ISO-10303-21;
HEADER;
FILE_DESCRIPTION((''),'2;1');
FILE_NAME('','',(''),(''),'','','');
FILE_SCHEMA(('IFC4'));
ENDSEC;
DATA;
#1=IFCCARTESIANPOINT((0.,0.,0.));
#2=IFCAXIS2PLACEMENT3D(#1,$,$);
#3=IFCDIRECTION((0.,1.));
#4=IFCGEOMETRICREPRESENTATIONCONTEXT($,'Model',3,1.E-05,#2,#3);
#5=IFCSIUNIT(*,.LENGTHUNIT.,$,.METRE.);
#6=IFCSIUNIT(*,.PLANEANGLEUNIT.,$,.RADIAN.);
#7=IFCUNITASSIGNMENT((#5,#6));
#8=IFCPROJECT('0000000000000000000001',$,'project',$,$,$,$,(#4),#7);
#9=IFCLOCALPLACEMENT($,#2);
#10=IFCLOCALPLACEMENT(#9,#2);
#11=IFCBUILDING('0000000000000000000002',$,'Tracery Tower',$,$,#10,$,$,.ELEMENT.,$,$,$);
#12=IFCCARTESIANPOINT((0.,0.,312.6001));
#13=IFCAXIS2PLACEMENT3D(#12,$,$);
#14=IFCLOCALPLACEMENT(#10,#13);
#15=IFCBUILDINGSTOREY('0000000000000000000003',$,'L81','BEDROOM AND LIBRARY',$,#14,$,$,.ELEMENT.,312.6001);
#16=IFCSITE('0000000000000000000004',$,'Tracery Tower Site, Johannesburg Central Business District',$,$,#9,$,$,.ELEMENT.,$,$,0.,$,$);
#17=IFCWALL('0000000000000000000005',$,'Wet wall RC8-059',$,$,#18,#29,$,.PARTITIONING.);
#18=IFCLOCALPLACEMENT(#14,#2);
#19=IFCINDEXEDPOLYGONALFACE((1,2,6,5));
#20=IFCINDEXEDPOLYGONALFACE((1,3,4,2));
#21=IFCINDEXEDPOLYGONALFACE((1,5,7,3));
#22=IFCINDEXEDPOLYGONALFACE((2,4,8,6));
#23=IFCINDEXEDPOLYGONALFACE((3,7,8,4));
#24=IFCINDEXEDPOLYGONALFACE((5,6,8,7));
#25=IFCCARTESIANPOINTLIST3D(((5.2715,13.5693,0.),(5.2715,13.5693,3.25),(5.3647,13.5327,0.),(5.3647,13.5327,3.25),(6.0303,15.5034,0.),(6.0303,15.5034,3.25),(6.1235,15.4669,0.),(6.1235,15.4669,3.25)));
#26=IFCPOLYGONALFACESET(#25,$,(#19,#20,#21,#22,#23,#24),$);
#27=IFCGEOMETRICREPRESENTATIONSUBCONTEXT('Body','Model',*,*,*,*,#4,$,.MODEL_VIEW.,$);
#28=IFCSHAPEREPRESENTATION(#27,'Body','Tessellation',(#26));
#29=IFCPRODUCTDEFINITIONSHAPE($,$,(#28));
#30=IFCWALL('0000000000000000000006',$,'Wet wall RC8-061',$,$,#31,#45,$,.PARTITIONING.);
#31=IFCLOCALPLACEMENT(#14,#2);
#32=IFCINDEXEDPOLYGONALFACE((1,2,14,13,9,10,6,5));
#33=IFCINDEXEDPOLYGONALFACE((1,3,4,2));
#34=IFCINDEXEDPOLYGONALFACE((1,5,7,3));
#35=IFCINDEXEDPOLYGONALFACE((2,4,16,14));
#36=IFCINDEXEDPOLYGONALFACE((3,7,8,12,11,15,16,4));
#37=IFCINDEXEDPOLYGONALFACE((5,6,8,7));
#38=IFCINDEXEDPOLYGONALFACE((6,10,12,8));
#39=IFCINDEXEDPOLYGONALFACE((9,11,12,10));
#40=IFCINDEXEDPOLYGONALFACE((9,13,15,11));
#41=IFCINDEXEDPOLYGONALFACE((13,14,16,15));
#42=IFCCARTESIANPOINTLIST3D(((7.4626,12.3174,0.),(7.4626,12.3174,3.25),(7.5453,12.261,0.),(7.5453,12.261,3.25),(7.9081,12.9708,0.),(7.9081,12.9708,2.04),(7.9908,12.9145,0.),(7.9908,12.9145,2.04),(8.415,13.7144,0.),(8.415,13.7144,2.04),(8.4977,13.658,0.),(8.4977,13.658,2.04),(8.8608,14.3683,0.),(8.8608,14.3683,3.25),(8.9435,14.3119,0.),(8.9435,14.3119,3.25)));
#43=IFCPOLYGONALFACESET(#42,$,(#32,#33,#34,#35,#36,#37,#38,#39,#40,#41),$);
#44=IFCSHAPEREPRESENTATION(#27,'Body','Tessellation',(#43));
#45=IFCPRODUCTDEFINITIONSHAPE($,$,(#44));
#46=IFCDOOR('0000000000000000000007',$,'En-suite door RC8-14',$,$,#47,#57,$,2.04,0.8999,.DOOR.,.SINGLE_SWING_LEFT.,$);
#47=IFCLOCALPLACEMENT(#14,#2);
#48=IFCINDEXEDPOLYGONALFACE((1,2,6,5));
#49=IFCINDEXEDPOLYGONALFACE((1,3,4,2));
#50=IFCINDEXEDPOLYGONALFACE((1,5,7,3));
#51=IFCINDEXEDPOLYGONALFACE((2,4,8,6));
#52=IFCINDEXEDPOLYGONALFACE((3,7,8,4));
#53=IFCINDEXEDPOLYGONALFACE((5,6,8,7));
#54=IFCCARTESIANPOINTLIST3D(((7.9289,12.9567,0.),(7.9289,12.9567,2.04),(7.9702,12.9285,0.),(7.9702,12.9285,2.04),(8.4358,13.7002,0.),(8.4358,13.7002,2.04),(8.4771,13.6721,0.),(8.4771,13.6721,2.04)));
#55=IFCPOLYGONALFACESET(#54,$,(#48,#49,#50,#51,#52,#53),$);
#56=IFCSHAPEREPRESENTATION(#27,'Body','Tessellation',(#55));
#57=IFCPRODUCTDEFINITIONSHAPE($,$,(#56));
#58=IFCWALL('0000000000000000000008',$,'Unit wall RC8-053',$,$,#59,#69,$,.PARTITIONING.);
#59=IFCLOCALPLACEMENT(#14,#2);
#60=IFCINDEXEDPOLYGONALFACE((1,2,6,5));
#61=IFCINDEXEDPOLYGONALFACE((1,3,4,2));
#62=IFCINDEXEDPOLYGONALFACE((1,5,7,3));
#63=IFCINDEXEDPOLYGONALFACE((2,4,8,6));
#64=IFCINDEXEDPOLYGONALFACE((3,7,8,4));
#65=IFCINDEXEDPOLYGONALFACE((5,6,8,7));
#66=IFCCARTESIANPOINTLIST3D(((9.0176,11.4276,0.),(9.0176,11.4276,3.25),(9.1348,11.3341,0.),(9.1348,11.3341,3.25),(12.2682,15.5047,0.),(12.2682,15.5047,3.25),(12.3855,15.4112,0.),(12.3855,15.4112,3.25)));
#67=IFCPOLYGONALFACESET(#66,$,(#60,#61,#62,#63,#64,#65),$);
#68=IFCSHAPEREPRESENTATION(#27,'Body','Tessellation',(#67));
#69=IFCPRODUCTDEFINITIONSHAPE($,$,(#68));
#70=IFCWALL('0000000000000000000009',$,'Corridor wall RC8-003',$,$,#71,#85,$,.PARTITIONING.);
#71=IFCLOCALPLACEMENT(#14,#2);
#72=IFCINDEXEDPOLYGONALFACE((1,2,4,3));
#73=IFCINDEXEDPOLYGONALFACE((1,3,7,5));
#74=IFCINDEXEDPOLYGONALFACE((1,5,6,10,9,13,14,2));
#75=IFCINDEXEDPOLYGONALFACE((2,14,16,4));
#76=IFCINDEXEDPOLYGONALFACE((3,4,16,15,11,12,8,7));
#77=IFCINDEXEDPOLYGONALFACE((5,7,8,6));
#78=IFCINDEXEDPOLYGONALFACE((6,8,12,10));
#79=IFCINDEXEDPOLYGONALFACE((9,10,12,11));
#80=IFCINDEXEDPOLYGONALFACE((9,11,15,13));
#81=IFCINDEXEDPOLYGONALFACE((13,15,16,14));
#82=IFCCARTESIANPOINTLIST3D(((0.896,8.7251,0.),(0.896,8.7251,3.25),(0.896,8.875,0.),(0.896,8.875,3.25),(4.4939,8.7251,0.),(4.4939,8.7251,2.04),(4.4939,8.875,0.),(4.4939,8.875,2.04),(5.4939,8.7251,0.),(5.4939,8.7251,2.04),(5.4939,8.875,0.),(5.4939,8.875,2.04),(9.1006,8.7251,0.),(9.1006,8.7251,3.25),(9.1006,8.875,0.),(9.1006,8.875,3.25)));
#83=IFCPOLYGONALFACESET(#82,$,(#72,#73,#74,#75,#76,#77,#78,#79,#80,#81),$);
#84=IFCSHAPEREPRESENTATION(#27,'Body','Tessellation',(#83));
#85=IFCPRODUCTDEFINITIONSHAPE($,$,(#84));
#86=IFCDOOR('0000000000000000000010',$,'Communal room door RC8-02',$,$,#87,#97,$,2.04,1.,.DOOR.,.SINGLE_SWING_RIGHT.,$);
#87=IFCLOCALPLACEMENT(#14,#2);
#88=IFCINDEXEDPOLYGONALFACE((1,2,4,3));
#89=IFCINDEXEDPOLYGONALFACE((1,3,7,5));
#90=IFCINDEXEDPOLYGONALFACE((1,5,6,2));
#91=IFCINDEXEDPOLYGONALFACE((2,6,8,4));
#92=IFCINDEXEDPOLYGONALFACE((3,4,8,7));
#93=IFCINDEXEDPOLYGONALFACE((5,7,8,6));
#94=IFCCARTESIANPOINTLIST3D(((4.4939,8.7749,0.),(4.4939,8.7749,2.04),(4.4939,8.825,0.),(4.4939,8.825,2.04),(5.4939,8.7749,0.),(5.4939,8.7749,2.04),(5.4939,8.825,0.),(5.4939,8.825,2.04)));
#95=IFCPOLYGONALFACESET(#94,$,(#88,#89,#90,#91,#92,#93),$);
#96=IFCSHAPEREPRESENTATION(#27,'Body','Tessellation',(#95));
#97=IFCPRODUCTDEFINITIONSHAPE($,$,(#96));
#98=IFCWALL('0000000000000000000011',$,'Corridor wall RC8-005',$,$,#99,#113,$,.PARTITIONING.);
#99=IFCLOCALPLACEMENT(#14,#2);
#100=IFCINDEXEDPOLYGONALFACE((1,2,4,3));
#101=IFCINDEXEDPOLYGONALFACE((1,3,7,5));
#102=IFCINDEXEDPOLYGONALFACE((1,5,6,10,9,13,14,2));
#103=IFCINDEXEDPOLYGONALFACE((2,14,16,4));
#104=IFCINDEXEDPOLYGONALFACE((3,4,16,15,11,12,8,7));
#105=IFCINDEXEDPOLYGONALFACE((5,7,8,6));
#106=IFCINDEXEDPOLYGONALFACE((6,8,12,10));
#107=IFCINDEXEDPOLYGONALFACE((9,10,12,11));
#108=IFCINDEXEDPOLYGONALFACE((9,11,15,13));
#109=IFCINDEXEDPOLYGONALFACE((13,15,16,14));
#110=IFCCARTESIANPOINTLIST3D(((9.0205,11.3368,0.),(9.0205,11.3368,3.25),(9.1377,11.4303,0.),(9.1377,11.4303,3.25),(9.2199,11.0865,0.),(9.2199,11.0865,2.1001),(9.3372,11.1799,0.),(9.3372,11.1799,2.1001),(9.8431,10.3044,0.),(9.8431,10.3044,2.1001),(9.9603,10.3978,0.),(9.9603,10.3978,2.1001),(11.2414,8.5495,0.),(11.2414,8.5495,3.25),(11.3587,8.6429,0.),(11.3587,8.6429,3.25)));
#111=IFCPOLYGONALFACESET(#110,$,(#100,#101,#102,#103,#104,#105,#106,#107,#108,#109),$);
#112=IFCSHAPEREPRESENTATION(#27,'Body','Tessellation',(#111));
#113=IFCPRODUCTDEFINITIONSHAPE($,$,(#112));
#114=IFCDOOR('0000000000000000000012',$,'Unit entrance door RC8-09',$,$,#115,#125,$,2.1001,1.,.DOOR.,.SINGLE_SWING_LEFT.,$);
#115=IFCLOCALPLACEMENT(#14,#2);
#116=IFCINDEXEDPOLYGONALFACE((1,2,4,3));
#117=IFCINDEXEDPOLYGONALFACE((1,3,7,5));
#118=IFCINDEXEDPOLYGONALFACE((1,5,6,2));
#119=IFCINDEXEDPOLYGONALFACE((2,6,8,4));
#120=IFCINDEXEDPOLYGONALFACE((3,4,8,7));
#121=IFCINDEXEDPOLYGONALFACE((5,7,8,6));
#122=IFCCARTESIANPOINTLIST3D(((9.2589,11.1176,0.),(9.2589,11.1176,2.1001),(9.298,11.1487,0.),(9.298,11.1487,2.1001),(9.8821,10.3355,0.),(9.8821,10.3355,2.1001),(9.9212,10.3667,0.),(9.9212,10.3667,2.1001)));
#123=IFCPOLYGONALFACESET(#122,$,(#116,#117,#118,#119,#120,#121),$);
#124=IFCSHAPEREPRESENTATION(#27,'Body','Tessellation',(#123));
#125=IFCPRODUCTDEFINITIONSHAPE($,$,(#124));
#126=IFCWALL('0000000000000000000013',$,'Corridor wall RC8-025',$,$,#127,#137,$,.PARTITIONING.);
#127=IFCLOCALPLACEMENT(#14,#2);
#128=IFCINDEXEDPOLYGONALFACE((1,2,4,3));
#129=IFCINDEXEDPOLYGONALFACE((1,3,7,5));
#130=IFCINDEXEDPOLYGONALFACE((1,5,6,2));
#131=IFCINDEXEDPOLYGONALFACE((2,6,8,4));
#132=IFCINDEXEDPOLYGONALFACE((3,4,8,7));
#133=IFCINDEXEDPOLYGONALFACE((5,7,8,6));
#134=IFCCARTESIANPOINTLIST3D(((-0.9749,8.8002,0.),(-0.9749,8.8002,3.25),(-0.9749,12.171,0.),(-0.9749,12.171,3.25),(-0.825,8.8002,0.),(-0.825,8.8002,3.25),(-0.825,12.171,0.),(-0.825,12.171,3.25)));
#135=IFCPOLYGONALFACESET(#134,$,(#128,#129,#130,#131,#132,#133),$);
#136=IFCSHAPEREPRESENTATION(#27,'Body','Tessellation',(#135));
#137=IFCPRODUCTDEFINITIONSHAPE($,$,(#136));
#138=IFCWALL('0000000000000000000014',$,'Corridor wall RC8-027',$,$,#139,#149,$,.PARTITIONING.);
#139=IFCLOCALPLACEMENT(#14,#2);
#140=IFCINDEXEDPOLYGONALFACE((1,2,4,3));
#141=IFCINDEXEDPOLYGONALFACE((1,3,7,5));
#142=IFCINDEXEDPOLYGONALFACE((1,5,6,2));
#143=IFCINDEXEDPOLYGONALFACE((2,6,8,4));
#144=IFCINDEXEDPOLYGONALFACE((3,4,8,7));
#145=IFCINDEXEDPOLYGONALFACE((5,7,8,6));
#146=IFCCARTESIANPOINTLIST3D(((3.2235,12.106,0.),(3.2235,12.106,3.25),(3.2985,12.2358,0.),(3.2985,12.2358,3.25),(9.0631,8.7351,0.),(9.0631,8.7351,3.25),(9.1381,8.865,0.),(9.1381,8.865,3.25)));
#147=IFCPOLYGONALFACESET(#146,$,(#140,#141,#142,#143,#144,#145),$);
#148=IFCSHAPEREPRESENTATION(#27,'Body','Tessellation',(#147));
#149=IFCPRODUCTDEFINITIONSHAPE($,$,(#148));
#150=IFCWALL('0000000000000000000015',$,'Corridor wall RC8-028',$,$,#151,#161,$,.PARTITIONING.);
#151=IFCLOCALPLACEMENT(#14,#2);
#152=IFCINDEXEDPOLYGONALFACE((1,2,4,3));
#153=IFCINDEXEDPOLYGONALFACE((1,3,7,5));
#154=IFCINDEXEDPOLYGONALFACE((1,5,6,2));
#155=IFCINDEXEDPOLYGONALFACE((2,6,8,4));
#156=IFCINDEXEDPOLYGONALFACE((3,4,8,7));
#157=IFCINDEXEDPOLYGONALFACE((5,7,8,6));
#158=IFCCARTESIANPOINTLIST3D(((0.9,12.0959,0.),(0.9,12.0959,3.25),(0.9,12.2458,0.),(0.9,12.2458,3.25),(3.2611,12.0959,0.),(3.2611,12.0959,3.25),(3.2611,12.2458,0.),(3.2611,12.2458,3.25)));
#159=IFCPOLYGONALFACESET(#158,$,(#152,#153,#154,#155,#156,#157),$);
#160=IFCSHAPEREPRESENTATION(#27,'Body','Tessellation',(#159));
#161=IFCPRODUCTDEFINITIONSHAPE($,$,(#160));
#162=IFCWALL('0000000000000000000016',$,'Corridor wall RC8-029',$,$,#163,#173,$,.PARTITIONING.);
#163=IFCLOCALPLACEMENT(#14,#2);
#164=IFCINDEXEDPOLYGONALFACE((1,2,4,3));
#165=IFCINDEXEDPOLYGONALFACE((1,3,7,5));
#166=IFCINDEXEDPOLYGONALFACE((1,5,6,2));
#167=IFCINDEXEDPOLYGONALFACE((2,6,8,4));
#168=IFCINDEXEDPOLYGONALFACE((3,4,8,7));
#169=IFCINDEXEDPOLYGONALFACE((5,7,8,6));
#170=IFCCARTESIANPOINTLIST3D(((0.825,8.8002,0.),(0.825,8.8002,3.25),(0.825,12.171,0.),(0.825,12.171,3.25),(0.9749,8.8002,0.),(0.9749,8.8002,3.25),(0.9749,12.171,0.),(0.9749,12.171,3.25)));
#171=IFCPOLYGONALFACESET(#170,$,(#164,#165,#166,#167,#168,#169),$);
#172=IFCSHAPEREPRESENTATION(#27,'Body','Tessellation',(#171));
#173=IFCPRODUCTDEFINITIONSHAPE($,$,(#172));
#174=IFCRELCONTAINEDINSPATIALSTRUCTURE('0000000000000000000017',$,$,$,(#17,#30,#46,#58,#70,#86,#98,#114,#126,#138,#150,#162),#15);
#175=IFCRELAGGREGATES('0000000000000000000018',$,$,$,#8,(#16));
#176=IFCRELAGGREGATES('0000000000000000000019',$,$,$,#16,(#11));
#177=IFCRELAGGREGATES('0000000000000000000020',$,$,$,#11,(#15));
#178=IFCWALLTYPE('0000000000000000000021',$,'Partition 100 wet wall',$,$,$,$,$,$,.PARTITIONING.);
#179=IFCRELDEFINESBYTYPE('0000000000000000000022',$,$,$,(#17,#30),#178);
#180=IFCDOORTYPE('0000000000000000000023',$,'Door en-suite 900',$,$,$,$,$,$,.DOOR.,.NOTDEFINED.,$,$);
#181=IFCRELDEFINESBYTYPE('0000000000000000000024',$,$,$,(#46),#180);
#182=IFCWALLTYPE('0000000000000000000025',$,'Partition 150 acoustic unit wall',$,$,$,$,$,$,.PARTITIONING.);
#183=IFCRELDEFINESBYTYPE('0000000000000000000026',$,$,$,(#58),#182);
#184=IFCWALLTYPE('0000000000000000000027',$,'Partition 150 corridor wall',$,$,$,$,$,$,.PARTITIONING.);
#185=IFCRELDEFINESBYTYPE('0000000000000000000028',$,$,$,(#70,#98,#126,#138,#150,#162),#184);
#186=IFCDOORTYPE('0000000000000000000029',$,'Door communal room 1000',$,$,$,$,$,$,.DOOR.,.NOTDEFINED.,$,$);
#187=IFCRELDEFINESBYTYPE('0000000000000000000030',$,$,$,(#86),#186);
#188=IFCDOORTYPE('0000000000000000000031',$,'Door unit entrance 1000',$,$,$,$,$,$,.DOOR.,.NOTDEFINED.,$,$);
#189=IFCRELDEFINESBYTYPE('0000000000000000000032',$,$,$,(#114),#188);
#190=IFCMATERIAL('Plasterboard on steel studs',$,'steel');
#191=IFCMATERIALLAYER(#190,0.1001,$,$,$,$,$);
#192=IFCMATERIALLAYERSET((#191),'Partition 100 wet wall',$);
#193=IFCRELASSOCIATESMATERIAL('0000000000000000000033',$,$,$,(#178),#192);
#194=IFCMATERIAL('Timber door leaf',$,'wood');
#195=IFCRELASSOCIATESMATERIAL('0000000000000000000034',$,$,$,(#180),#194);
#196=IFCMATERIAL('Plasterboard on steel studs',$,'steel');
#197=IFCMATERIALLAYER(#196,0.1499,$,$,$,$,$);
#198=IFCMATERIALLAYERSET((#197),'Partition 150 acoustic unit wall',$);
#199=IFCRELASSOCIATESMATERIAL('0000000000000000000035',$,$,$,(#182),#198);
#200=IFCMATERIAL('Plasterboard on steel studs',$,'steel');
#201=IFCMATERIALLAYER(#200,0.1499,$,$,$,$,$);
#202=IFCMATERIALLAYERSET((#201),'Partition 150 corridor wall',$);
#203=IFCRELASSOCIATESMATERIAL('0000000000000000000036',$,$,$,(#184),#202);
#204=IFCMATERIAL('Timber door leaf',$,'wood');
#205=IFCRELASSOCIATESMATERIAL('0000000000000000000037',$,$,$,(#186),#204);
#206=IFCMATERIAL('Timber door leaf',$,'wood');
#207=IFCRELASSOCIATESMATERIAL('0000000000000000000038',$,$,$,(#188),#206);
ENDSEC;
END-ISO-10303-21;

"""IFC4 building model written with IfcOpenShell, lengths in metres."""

from ifc_helpers import new_model, si_unit, direction, frame, frame_2d, origin, place, context, subcontext, project, spatial, rectangle, extrude, material, layer, layer_set, type_object, element, fill, save


model = new_model("IFC4")

# Units and contexts
model_context = context("Model", 3, precision=1e-05, world=origin(), true_north=direction((0.0, 1.0)))
body_context = subcontext(model_context, "Body", "Model", "MODEL_VIEW")
ifc_project = project(units=[si_unit("LENGTHUNIT", "METRE"), si_unit("PLANEANGLEUNIT", "RADIAN")], contexts=[model_context])

# Site, building, storey
site_placement = place(None, origin())
site = spatial("IfcSite", under=ifc_project, at=site_placement, Name="Tracery Tower Site, Johannesburg Central Business District", CompositionType="ELEMENT", RefElevation=0.0)
building_placement = place(site_placement, origin())
building = spatial("IfcBuilding", under=site, at=building_placement, Name="Tracery Tower", CompositionType="ELEMENT")
storey_placement = place(building_placement, frame((0.0, 0.0, 312.6001)))
storey = spatial("IfcBuildingStorey", under=building, at=storey_placement, Name="L81", Description="BEDROOM AND LIBRARY", CompositionType="ELEMENT", Elevation=312.6001)

# Wall
ifc_material_1 = material(Name="Plasterboard on steel studs", Category="steel")
ifc_layer_1 = layer(ifc_material_1, 0.1001)
ifc_layer_set_1 = layer_set([ifc_layer_1], Name="Partition 100 wet wall")
wall_type_1 = type_object("IfcWallType", Name="Partition 100 wet wall", PredefinedType="PARTITIONING", material=ifc_layer_set_1)
wall_1_placement = place(storey_placement, frame((5.3181, 13.551, 0.0), z_axis=(0.0, 0.0, 1.0), x_axis=(0.365223, 0.93092, 0.0)))
element("IfcWall", 1, at=wall_1_placement, inside=storey, type_object=wall_type_1, Name="Wet wall RC8-059", PredefinedType="PARTITIONING", context=body_context, shape_type="SweptSolid", body=[
    extrude(rectangle(XDim=2.0776, YDim=0.1001, at=frame_2d((1.0388, 0.0))), origin(), (0.0, 0.0, 1.0), 3.25),
])

# Wall, opening, door
wall_2_placement = place(storey_placement, frame((7.5039, 12.2891, 0.0), z_axis=(0.0, 0.0, 1.0), x_axis=(0.563273, 0.826271, 0.0)))
wall_2 = element("IfcWall", 2, at=wall_2_placement, inside=storey, type_object=wall_type_1, Name="Wet wall RC8-061", PredefinedType="PARTITIONING", context=body_context, shape_type="SweptSolid", body=[
    extrude(rectangle(XDim=2.4822, YDim=0.1001, at=frame_2d((1.2412, 0.0))), origin(), (0.0, 0.0, 1.0), 3.25),
])
opening_1_placement = place(wall_2_placement, frame((0.791, 0.0, 0.0)))
opening_1 = element("IfcOpeningElement", 3, at=opening_1_placement, cuts=wall_2, PredefinedType="OPENING", context=body_context, shape_type="SweptSolid", body=[
    extrude(rectangle(XDim=0.8999, YDim=2.04, at=frame_2d((0.45, 1.02))), frame((0.0, 0.05, 0.0), z_axis=(0.0, -1.0, 0.0), x_axis=(1.0, 0.0, 0.0)), (0.0, 0.0, 1.0), 0.1001),
])
ifc_material_2 = material(Name="Timber door leaf", Category="wood")
door_type_1 = type_object("IfcDoorType", Name="Door en-suite 900", OperationType="NOTDEFINED", PredefinedType="DOOR", material=ifc_material_2)
door_1_placement = place(opening_1_placement, origin())
door_1 = element("IfcDoor", 4, at=door_1_placement, inside=storey, type_object=door_type_1, Name="En-suite door RC8-14", OperationType="SINGLE_SWING_LEFT", OverallHeight=2.04, OverallWidth=0.8999, PredefinedType="DOOR", context=body_context, shape_type="SweptSolid", body=[
    extrude(rectangle(XDim=0.8999, YDim=2.04, at=frame_2d((0.45, 1.02))), frame((0.0, 0.0249, 0.0), z_axis=(0.0, -1.0, 0.0), x_axis=(1.0, 0.0, 0.0)), (0.0, 0.0, 1.0), 0.05),
])
fill(opening_1, door_1)

# Wall
ifc_material_3 = material(Name="Plasterboard on steel studs", Category="steel")
ifc_layer_2 = layer(ifc_material_3, 0.1499)
ifc_layer_set_2 = layer_set([ifc_layer_2], Name="Partition 150 acoustic unit wall")
wall_type_2 = type_object("IfcWallType", Name="Partition 150 acoustic unit wall", PredefinedType="PARTITIONING", material=ifc_layer_set_2)
wall_3_placement = place(storey_placement, frame((9.0762, 11.3809, 0.0), z_axis=(0.0, 0.0, 1.0), x_axis=(0.62341, 0.781896, 0.0)))
element("IfcWall", 5, at=wall_3_placement, inside=storey, type_object=wall_type_2, Name="Unit wall RC8-053", PredefinedType="PARTITIONING", context=body_context, shape_type="SweptSolid", body=[
    extrude(rectangle(XDim=5.2144, YDim=0.1499, at=frame_2d((2.6072, 0.0))), origin(), (0.0, 0.0, 1.0), 3.25),
])

# Walls, openings, doors
ifc_material_4 = material(Name="Plasterboard on steel studs", Category="steel")
ifc_layer_3 = layer(ifc_material_4, 0.1499)
ifc_layer_set_3 = layer_set([ifc_layer_3], Name="Partition 150 corridor wall")
wall_type_3 = type_object("IfcWallType", Name="Partition 150 corridor wall", PredefinedType="PARTITIONING", material=ifc_layer_set_3)
wall_4_placement = place(storey_placement, frame((0.896, 8.8, 0.0), z_axis=(0.0, 0.0, 1.0), x_axis=(1.0, 0.0, 0.0)))
wall_4 = element("IfcWall", 6, at=wall_4_placement, inside=storey, type_object=wall_type_3, Name="Corridor wall RC8-003", PredefinedType="PARTITIONING", context=body_context, shape_type="SweptSolid", body=[
    extrude(rectangle(XDim=8.2046, YDim=0.1499, at=frame_2d((4.1023, 0.0))), origin(), (0.0, 0.0, 1.0), 3.25),
])
opening_2_placement = place(wall_4_placement, frame((3.5979, 0.0, 0.0)))
opening_2 = element("IfcOpeningElement", 7, at=opening_2_placement, cuts=wall_4, PredefinedType="OPENING", context=body_context, shape_type="SweptSolid", body=[
    extrude(rectangle(XDim=1.0, YDim=2.04, at=frame_2d((0.5, 1.02))), frame((0.0, 0.075, 0.0), z_axis=(0.0, -1.0, 0.0), x_axis=(1.0, 0.0, 0.0)), (0.0, 0.0, 1.0), 0.1499),
])
ifc_material_5 = material(Name="Timber door leaf", Category="wood")
door_type_2 = type_object("IfcDoorType", Name="Door communal room 1000", OperationType="NOTDEFINED", PredefinedType="DOOR", material=ifc_material_5)
door_2_placement = place(opening_2_placement, origin())
door_2 = element("IfcDoor", 8, at=door_2_placement, inside=storey, type_object=door_type_2, Name="Communal room door RC8-02", OperationType="SINGLE_SWING_RIGHT", OverallHeight=2.04, OverallWidth=1.0, PredefinedType="DOOR", context=body_context, shape_type="SweptSolid", body=[
    extrude(rectangle(XDim=1.0, YDim=2.04, at=frame_2d((0.5, 1.02))), frame((0.0, 0.0249, 0.0), z_axis=(0.0, -1.0, 0.0), x_axis=(1.0, 0.0, 0.0)), (0.0, 0.0, 1.0), 0.05),
])
fill(opening_2, door_2)
wall_5_placement = place(storey_placement, frame((9.0791, 11.3835, 0.0), z_axis=(0.0, 0.0, 1.0), x_axis=(0.623165, -0.78209, 0.0)))
wall_5 = element("IfcWall", 9, at=wall_5_placement, inside=storey, type_object=wall_type_3, Name="Corridor wall RC8-005", PredefinedType="PARTITIONING", context=body_context, shape_type="SweptSolid", body=[
    extrude(rectangle(XDim=3.564, YDim=0.1499, at=frame_2d((1.782, 0.0))), origin(), (0.0, 0.0, 1.0), 3.25),
])
opening_3_placement = place(wall_5_placement, frame((0.3201, 0.0, 0.0)))
opening_3 = element("IfcOpeningElement", 10, at=opening_3_placement, cuts=wall_5, PredefinedType="OPENING", context=body_context, shape_type="SweptSolid", body=[
    extrude(rectangle(XDim=1.0, YDim=2.1001, at=frame_2d((0.5, 1.05))), frame((0.0, 0.075, 0.0), z_axis=(0.0, -1.0, 0.0), x_axis=(1.0, 0.0, 0.0)), (0.0, 0.0, 1.0), 0.1499),
])
ifc_material_6 = material(Name="Timber door leaf", Category="wood")
door_type_3 = type_object("IfcDoorType", Name="Door unit entrance 1000", OperationType="NOTDEFINED", PredefinedType="DOOR", material=ifc_material_6)
door_3_placement = place(opening_3_placement, origin())
door_3 = element("IfcDoor", 11, at=door_3_placement, inside=storey, type_object=door_type_3, Name="Unit entrance door RC8-09", OperationType="SINGLE_SWING_LEFT", OverallHeight=2.1001, OverallWidth=1.0, PredefinedType="DOOR", context=body_context, shape_type="SweptSolid", body=[
    extrude(rectangle(XDim=1.0, YDim=2.1001, at=frame_2d((0.5, 1.05))), frame((0.0, 0.0249, 0.0), z_axis=(0.0, -1.0, 0.0), x_axis=(1.0, 0.0, 0.0)), (0.0, 0.0, 1.0), 0.05),
])
fill(opening_3, door_3)

# Walls
wall_6_placement = place(storey_placement, frame((-0.8999, 8.8, 0.0), z_axis=(0.0, 0.0, 1.0), x_axis=(0.0, 1.0, 0.0)))
element("IfcWall", 12, at=wall_6_placement, inside=storey, type_object=wall_type_3, Name="Corridor wall RC8-025", PredefinedType="PARTITIONING", context=body_context, shape_type="SweptSolid", body=[
    extrude(rectangle(XDim=3.3708, YDim=0.1499, at=frame_2d((1.6855, 0.0))), origin(), (0.0, 0.0, 1.0), 3.25),
])
wall_7_placement = place(storey_placement, frame((3.261, 12.1709, 0.0), z_axis=(0.0, 0.0, 1.0), x_axis=(0.866067, -0.499928, 0.0)))
element("IfcWall", 13, at=wall_7_placement, inside=storey, type_object=wall_type_3, Name="Corridor wall RC8-027", PredefinedType="PARTITIONING", context=body_context, shape_type="SweptSolid", body=[
    extrude(rectangle(XDim=6.7427, YDim=0.1499, at=frame_2d((3.3713, 0.0))), origin(), (0.0, 0.0, 1.0), 3.25),
])
wall_8_placement = place(storey_placement, frame((0.8999, 12.1709, 0.0), z_axis=(0.0, 0.0, 1.0), x_axis=(1.0, 0.0, 0.0)))
element("IfcWall", 14, at=wall_8_placement, inside=storey, type_object=wall_type_3, Name="Corridor wall RC8-028", PredefinedType="PARTITIONING", context=body_context, shape_type="SweptSolid", body=[
    extrude(rectangle(XDim=2.3611, YDim=0.1499, at=frame_2d((1.1807, 0.0))), origin(), (0.0, 0.0, 1.0), 3.25),
])
wall_9_placement = place(storey_placement, frame((0.8999, 8.8, 0.0), z_axis=(0.0, 0.0, 1.0), x_axis=(0.0, 1.0, 0.0)))
element("IfcWall", 15, at=wall_9_placement, inside=storey, type_object=wall_type_3, Name="Corridor wall RC8-029", PredefinedType="PARTITIONING", context=body_context, shape_type="SweptSolid", body=[
    extrude(rectangle(XDim=3.3708, YDim=0.1499, at=frame_2d((1.6855, 0.0))), origin(), (0.0, 0.0, 1.0), 3.25),
])

save(model, "model.ifc")
